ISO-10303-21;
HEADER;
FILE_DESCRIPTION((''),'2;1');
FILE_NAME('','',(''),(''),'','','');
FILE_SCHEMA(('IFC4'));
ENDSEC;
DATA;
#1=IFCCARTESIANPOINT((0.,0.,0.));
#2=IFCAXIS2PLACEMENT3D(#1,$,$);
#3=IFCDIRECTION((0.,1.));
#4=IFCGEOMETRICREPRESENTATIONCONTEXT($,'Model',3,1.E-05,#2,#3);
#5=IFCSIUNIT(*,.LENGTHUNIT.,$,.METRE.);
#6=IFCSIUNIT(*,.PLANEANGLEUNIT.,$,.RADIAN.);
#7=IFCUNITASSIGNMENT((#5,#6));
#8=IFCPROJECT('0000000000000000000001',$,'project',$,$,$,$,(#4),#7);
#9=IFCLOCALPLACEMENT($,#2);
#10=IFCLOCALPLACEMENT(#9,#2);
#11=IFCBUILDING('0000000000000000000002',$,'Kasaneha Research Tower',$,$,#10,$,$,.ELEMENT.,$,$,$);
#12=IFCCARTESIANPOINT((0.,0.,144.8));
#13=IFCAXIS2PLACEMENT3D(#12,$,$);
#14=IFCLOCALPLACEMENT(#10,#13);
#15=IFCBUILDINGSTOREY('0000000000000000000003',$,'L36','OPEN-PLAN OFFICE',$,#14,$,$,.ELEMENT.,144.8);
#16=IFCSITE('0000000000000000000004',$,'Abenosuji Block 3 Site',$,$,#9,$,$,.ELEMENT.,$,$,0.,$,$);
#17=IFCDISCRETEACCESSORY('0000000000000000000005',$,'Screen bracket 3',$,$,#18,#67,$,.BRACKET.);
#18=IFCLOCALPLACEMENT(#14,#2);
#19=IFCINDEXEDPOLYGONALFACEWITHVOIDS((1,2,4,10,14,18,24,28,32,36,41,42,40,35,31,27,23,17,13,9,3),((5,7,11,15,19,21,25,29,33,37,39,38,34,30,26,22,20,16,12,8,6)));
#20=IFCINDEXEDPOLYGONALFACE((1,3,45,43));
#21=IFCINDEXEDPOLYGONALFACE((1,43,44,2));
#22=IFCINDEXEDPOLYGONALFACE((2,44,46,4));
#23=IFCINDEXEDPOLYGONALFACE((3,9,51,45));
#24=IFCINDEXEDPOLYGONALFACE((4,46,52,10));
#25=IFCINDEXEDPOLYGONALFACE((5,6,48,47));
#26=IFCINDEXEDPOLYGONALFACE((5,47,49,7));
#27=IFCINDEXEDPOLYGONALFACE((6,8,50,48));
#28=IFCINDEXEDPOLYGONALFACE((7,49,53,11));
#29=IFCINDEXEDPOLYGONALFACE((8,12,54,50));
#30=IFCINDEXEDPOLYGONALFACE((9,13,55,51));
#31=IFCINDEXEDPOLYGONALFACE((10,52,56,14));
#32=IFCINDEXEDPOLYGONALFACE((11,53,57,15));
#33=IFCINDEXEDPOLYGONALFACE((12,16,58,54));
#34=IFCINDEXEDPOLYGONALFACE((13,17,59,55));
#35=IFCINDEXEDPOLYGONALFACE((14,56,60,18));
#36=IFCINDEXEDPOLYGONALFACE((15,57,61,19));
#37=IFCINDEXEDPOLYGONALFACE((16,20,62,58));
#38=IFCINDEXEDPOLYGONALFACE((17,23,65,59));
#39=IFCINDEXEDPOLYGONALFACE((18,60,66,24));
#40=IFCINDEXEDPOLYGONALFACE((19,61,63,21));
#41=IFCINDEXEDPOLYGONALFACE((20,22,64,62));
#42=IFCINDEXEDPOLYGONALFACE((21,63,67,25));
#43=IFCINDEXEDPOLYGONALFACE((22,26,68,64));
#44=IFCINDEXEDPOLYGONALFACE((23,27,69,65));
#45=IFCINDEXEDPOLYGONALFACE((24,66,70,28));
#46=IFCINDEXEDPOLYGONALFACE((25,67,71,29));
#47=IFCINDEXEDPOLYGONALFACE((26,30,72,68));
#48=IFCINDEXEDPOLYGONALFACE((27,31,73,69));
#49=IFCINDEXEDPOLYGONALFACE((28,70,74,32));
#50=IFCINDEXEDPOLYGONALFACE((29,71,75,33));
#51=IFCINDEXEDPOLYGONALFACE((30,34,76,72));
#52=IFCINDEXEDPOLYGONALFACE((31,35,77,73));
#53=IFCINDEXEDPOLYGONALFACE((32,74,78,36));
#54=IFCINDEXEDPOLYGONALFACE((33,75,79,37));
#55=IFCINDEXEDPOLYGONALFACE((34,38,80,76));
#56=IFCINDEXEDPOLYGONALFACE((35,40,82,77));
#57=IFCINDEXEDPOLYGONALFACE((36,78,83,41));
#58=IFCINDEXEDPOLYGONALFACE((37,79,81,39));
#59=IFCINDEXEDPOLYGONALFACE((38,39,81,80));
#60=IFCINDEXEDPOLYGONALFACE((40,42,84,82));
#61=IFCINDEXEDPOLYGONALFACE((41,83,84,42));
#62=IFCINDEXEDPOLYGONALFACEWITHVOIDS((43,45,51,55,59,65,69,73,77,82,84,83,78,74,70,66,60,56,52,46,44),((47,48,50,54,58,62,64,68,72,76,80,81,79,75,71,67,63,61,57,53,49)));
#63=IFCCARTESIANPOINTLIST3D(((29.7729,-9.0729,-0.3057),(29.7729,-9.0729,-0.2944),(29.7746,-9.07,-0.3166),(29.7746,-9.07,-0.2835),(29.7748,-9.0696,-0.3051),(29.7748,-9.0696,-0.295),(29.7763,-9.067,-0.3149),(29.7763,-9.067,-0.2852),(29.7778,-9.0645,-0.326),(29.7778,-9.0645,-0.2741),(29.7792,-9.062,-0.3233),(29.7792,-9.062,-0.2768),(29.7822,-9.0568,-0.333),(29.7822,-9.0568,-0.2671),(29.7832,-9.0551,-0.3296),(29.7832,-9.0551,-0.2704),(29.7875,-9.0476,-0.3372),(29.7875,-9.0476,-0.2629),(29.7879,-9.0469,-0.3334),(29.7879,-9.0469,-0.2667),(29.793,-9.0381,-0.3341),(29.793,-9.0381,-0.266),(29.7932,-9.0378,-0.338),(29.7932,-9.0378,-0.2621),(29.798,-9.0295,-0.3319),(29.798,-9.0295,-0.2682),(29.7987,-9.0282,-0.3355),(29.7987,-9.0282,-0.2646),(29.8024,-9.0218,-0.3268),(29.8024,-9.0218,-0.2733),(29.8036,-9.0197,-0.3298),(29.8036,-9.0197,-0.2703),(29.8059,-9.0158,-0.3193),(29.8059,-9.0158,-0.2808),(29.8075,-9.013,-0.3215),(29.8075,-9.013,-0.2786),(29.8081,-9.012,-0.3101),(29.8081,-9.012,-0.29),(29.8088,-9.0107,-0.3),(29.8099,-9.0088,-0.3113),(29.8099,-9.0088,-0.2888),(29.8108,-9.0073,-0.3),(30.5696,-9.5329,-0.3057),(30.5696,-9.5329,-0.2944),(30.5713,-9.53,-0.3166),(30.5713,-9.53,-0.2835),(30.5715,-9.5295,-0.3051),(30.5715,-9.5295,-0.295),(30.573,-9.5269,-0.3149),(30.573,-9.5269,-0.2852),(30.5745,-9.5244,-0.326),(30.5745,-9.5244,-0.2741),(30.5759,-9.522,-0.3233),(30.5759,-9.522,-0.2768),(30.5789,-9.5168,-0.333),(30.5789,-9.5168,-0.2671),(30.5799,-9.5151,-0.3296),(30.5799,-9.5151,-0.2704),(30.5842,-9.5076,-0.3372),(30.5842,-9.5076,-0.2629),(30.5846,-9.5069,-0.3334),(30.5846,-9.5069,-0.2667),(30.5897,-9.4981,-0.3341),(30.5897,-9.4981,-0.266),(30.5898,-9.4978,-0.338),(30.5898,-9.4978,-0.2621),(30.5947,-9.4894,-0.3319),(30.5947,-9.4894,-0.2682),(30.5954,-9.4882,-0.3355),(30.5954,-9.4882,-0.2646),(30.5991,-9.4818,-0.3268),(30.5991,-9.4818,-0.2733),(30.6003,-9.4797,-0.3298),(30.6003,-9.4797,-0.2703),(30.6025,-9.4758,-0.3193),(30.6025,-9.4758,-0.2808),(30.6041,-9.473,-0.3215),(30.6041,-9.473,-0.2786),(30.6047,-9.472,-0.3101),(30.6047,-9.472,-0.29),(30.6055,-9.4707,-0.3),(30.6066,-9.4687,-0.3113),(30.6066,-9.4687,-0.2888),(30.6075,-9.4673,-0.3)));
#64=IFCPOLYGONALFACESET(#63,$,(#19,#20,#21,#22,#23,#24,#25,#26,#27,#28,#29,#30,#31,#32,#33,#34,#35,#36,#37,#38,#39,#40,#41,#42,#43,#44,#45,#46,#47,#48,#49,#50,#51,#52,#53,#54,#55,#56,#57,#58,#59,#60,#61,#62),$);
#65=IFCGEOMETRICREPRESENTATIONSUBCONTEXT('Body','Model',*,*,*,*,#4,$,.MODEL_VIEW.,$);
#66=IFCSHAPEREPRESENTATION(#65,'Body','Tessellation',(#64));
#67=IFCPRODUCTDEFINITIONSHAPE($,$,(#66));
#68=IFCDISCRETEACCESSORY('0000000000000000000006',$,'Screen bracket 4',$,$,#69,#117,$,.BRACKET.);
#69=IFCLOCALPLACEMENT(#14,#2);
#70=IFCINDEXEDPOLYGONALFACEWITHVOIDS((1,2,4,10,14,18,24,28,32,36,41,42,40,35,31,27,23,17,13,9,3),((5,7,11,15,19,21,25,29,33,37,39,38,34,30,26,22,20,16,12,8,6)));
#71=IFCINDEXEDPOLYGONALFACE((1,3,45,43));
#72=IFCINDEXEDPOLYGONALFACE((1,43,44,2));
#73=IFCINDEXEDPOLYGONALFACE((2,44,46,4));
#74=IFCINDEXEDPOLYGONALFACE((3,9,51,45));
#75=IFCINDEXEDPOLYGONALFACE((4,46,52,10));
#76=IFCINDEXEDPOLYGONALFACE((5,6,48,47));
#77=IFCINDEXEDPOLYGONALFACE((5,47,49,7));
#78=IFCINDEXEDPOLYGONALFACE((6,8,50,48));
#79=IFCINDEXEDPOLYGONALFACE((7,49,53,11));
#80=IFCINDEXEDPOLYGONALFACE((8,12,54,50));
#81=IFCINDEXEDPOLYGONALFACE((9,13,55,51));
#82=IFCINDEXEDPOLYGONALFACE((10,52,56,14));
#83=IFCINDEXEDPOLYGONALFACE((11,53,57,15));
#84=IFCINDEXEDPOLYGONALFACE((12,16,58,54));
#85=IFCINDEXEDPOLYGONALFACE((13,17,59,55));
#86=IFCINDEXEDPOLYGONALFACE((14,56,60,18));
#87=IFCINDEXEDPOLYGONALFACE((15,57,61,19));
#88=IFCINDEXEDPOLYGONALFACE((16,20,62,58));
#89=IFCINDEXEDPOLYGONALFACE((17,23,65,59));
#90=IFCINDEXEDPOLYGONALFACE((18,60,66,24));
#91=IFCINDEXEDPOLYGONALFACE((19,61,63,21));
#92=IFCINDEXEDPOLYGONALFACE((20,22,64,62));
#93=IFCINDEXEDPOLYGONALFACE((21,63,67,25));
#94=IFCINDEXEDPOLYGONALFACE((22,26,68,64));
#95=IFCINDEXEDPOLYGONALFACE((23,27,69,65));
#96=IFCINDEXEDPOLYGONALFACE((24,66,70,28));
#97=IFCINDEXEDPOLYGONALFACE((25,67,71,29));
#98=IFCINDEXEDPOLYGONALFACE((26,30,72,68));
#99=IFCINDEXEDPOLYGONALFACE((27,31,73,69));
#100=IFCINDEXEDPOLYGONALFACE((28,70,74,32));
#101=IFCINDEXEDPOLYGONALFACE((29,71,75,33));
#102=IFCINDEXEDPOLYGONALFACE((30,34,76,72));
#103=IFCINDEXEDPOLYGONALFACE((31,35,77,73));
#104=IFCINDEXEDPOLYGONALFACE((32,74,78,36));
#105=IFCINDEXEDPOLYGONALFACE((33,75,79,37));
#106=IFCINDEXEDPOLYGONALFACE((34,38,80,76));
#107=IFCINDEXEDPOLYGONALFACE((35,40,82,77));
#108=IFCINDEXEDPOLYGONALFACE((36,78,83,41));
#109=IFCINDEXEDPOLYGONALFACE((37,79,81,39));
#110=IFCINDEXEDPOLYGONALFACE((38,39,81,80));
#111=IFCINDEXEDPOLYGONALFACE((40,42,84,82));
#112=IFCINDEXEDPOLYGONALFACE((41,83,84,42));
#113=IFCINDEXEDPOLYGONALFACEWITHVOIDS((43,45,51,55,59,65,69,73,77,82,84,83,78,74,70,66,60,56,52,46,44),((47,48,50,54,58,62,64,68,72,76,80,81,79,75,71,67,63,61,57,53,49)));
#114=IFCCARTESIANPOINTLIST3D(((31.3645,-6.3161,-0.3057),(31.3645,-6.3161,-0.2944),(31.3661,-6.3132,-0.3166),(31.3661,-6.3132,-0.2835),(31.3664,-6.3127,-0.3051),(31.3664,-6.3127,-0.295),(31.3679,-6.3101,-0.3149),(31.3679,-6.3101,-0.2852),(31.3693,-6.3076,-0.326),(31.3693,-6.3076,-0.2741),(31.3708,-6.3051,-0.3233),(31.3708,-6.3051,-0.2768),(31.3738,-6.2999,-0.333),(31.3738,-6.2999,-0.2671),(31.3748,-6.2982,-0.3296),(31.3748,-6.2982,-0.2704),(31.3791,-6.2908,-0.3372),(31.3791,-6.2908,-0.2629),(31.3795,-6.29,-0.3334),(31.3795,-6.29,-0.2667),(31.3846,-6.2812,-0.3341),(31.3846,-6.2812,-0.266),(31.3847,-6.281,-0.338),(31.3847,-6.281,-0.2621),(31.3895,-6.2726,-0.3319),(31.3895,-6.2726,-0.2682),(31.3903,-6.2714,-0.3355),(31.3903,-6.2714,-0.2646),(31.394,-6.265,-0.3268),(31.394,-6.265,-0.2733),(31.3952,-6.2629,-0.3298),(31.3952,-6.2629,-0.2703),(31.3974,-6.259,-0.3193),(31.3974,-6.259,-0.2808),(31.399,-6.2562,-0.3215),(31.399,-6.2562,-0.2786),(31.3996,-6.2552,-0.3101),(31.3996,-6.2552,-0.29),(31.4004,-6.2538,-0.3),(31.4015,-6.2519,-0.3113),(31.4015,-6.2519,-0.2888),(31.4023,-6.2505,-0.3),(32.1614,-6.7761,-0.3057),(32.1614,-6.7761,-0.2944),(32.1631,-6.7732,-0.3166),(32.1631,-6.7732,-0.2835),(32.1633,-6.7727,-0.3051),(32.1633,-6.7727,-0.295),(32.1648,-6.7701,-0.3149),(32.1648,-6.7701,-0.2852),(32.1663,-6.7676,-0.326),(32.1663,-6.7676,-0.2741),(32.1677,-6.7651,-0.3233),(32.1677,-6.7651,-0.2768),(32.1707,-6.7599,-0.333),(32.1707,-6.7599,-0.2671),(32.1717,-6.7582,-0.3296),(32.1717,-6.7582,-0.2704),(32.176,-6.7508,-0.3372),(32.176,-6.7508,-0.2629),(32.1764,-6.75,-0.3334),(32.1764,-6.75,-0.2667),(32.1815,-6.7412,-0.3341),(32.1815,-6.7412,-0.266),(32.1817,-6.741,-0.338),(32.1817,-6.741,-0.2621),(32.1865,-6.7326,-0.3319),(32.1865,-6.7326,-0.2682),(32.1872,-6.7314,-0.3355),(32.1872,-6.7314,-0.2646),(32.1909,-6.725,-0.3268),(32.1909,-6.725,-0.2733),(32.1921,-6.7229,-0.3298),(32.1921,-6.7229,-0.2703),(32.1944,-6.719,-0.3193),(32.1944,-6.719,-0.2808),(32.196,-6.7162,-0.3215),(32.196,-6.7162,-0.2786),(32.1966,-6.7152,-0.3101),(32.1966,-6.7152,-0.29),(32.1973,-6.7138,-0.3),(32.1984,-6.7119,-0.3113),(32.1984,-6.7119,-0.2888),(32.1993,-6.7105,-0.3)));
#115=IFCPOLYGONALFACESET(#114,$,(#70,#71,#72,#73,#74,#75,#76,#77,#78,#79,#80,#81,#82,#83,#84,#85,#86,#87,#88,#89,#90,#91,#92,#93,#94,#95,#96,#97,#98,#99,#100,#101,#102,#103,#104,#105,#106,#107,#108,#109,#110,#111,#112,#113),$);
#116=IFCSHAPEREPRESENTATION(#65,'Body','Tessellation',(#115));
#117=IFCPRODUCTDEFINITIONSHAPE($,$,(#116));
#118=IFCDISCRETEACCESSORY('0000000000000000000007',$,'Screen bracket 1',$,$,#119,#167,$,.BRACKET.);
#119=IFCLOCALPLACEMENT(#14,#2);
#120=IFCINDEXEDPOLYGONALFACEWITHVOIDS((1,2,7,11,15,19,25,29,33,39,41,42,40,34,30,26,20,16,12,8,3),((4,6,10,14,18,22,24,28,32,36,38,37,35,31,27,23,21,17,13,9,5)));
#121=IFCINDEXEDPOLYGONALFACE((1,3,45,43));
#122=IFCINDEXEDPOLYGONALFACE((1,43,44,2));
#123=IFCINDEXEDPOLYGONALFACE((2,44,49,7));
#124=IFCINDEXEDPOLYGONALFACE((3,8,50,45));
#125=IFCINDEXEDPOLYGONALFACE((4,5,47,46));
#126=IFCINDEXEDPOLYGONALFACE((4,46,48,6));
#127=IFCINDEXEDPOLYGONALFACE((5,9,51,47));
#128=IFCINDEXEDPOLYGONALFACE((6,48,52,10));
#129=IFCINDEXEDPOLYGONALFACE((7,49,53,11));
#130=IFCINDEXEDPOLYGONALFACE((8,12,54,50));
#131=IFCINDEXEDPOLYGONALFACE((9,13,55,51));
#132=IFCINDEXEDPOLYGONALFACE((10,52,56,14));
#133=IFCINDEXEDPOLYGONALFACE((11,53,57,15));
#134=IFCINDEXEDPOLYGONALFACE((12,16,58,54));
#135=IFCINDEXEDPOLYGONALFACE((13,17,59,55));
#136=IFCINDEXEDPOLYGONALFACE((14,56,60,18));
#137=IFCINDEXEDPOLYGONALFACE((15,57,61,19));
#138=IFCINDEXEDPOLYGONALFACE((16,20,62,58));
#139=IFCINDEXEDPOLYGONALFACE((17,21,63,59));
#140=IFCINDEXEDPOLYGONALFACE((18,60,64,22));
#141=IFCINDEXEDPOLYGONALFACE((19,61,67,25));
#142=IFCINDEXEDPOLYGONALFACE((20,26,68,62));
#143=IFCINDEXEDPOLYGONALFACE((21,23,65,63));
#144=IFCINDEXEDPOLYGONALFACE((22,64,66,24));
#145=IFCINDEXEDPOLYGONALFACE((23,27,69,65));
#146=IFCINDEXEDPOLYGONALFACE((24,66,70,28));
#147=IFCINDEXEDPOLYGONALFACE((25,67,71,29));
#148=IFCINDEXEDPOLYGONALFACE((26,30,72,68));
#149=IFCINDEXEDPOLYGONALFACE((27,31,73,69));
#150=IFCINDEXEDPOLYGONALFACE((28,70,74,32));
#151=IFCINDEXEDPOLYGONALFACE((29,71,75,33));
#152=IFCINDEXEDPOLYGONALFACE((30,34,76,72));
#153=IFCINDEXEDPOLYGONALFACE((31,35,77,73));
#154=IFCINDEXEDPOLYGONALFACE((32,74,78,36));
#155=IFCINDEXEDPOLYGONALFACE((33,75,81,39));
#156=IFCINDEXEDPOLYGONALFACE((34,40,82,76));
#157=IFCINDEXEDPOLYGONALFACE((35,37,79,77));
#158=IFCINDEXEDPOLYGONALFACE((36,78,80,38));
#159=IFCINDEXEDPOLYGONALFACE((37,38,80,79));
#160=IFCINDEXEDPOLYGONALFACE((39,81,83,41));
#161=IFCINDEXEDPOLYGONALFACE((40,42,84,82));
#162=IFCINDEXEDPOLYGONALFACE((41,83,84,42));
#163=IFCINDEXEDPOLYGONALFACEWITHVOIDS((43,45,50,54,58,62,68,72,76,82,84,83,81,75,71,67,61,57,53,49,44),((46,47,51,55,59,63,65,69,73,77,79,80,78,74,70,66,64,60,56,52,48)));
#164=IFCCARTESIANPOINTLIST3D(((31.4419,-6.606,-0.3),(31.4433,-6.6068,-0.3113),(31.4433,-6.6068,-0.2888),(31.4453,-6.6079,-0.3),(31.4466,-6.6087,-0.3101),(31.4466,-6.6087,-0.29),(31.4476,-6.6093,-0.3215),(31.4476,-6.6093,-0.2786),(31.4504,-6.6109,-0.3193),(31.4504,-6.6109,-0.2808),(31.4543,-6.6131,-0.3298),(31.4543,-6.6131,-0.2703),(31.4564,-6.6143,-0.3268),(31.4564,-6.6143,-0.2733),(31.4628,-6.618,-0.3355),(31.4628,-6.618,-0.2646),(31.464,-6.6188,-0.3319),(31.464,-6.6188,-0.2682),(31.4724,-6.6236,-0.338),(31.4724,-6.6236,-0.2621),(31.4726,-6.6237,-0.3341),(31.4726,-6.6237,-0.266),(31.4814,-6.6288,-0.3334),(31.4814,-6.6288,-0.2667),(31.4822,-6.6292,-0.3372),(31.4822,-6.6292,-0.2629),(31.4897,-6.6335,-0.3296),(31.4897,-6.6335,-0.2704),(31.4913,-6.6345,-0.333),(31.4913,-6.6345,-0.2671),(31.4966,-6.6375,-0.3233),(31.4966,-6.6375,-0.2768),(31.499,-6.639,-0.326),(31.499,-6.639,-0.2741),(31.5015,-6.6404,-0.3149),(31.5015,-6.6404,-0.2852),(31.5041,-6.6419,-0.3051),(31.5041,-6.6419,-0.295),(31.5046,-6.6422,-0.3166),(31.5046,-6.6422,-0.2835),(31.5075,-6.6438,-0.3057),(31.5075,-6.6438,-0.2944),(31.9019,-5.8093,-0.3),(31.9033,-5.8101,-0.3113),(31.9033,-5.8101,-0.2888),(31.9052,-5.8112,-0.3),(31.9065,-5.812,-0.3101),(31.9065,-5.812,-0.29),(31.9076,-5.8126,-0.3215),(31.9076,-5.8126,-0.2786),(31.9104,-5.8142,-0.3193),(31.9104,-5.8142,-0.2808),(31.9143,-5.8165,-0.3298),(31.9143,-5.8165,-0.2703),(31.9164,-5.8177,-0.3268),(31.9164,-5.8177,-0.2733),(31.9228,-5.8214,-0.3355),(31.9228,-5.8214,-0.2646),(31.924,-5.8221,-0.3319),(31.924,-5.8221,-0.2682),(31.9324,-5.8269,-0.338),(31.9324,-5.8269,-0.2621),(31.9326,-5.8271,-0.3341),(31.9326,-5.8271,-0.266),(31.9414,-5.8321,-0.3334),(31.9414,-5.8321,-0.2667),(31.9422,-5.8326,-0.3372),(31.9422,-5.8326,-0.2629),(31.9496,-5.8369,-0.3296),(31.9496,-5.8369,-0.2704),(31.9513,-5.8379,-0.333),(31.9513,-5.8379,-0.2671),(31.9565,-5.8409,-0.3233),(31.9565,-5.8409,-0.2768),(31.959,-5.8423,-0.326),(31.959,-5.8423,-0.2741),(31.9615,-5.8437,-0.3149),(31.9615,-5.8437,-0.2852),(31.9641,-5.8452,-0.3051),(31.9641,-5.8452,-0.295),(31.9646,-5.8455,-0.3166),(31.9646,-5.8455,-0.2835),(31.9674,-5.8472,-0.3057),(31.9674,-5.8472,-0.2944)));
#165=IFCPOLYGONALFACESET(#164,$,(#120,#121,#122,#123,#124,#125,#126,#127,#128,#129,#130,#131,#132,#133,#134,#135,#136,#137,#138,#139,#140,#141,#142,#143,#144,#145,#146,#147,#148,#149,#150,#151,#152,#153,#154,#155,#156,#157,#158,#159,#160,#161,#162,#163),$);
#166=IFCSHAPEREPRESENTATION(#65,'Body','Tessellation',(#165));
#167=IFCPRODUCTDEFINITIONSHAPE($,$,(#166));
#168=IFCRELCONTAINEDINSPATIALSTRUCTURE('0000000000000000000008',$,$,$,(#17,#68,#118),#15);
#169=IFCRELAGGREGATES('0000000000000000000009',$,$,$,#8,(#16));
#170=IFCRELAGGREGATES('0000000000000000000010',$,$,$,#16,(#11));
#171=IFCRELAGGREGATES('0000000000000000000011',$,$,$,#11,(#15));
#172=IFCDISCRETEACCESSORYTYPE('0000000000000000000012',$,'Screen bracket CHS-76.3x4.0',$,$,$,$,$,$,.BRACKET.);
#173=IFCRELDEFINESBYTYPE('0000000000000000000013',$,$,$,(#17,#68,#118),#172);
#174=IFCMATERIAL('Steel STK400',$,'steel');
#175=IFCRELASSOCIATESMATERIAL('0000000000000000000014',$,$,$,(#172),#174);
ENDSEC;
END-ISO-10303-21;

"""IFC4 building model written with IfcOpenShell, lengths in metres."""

from ifc_helpers import new_model, si_unit, direction, frame, origin, origin_2d, place, context, subcontext, project, spatial, hollow_circle, extrude, material, material_profile, profile_set, type_object, element, save


model = new_model("IFC4")

# Units and contexts
model_context = context("Model", 3, precision=1e-05, world=origin(), true_north=direction((0.0, 1.0)))
body_context = subcontext(model_context, "Body", "Model", "MODEL_VIEW")
ifc_project = project(units=[si_unit("LENGTHUNIT", "METRE"), si_unit("PLANEANGLEUNIT", "RADIAN")], contexts=[model_context])

# Site, building, storey
site_placement = place(None, origin())
site = spatial("IfcSite", under=ifc_project, at=site_placement, Name="Abenosuji Block 3 Site", CompositionType="ELEMENT", RefElevation=0.0)
building_placement = place(site_placement, origin())
building = spatial("IfcBuilding", under=site, at=building_placement, Name="Kasaneha Research Tower", CompositionType="ELEMENT")
storey_placement = place(building_placement, frame((0.0, 0.0, 144.8)))
storey = spatial("IfcBuildingStorey", under=building, at=storey_placement, Name="L36", Description="OPEN-PLAN OFFICE", CompositionType="ELEMENT", Elevation=144.8)

# Discrete accessories
ifc_material_1 = material(Name="Steel STK400", Category="steel")
ifc_material_profile_1 = material_profile(ifc_material_1, hollow_circle(Radius=0.0381, WallThickness=0.0039, at=origin_2d()), Name="CHS-76.3x4.0")
ifc_profile_set_1 = profile_set([ifc_material_profile_1], Name="Steel STK400")
discrete_accessory_type = type_object("IfcDiscreteAccessoryType", Name="Screen bracket CHS-76.3x4.0", PredefinedType="BRACKET", material=ifc_profile_set_1)
discrete_accessory_1_placement = place(storey_placement, frame((29.7917, -9.0403, -0.3), z_axis=(0.866013, -0.500021, 0.0), x_axis=(0.500021, 0.866013, 0.0)))
element("IfcDiscreteAccessory", 1, at=discrete_accessory_1_placement, inside=storey, type_object=discrete_accessory_type, Name="Screen bracket 3", PredefinedType="BRACKET", context=body_context, shape_type="SweptSolid", body=[
    extrude(hollow_circle(Radius=0.0381, WallThickness=0.0039, at=origin_2d()), origin(), (0.0, 0.0, 1.0), 0.9199),
])
discrete_accessory_2_placement = place(storey_placement, frame((31.3833, -6.2834, -0.3), z_axis=(0.86608, -0.499906, 0.0), x_axis=(0.499906, 0.86608, 0.0)))
element("IfcDiscreteAccessory", 2, at=discrete_accessory_2_placement, inside=storey, type_object=discrete_accessory_type, Name="Screen bracket 4", PredefinedType="BRACKET", context=body_context, shape_type="SweptSolid", body=[
    extrude(hollow_circle(Radius=0.0381, WallThickness=0.0039, at=origin_2d()), origin(), (0.0, 0.0, 1.0), 0.9202),
])
discrete_accessory_3_placement = place(storey_placement, frame((31.4749, -6.625, -0.3), z_axis=(0.500021, 0.866013, 0.0), x_axis=(-0.866013, 0.500021, 0.0)))
element("IfcDiscreteAccessory", 3, at=discrete_accessory_3_placement, inside=storey, type_object=discrete_accessory_type, Name="Screen bracket 1", PredefinedType="BRACKET", context=body_context, shape_type="SweptSolid", body=[
    extrude(hollow_circle(Radius=0.0381, WallThickness=0.0039, at=origin_2d()), origin(), (0.0, 0.0, 1.0), 0.9199),
])

save(model, "model.ifc")
